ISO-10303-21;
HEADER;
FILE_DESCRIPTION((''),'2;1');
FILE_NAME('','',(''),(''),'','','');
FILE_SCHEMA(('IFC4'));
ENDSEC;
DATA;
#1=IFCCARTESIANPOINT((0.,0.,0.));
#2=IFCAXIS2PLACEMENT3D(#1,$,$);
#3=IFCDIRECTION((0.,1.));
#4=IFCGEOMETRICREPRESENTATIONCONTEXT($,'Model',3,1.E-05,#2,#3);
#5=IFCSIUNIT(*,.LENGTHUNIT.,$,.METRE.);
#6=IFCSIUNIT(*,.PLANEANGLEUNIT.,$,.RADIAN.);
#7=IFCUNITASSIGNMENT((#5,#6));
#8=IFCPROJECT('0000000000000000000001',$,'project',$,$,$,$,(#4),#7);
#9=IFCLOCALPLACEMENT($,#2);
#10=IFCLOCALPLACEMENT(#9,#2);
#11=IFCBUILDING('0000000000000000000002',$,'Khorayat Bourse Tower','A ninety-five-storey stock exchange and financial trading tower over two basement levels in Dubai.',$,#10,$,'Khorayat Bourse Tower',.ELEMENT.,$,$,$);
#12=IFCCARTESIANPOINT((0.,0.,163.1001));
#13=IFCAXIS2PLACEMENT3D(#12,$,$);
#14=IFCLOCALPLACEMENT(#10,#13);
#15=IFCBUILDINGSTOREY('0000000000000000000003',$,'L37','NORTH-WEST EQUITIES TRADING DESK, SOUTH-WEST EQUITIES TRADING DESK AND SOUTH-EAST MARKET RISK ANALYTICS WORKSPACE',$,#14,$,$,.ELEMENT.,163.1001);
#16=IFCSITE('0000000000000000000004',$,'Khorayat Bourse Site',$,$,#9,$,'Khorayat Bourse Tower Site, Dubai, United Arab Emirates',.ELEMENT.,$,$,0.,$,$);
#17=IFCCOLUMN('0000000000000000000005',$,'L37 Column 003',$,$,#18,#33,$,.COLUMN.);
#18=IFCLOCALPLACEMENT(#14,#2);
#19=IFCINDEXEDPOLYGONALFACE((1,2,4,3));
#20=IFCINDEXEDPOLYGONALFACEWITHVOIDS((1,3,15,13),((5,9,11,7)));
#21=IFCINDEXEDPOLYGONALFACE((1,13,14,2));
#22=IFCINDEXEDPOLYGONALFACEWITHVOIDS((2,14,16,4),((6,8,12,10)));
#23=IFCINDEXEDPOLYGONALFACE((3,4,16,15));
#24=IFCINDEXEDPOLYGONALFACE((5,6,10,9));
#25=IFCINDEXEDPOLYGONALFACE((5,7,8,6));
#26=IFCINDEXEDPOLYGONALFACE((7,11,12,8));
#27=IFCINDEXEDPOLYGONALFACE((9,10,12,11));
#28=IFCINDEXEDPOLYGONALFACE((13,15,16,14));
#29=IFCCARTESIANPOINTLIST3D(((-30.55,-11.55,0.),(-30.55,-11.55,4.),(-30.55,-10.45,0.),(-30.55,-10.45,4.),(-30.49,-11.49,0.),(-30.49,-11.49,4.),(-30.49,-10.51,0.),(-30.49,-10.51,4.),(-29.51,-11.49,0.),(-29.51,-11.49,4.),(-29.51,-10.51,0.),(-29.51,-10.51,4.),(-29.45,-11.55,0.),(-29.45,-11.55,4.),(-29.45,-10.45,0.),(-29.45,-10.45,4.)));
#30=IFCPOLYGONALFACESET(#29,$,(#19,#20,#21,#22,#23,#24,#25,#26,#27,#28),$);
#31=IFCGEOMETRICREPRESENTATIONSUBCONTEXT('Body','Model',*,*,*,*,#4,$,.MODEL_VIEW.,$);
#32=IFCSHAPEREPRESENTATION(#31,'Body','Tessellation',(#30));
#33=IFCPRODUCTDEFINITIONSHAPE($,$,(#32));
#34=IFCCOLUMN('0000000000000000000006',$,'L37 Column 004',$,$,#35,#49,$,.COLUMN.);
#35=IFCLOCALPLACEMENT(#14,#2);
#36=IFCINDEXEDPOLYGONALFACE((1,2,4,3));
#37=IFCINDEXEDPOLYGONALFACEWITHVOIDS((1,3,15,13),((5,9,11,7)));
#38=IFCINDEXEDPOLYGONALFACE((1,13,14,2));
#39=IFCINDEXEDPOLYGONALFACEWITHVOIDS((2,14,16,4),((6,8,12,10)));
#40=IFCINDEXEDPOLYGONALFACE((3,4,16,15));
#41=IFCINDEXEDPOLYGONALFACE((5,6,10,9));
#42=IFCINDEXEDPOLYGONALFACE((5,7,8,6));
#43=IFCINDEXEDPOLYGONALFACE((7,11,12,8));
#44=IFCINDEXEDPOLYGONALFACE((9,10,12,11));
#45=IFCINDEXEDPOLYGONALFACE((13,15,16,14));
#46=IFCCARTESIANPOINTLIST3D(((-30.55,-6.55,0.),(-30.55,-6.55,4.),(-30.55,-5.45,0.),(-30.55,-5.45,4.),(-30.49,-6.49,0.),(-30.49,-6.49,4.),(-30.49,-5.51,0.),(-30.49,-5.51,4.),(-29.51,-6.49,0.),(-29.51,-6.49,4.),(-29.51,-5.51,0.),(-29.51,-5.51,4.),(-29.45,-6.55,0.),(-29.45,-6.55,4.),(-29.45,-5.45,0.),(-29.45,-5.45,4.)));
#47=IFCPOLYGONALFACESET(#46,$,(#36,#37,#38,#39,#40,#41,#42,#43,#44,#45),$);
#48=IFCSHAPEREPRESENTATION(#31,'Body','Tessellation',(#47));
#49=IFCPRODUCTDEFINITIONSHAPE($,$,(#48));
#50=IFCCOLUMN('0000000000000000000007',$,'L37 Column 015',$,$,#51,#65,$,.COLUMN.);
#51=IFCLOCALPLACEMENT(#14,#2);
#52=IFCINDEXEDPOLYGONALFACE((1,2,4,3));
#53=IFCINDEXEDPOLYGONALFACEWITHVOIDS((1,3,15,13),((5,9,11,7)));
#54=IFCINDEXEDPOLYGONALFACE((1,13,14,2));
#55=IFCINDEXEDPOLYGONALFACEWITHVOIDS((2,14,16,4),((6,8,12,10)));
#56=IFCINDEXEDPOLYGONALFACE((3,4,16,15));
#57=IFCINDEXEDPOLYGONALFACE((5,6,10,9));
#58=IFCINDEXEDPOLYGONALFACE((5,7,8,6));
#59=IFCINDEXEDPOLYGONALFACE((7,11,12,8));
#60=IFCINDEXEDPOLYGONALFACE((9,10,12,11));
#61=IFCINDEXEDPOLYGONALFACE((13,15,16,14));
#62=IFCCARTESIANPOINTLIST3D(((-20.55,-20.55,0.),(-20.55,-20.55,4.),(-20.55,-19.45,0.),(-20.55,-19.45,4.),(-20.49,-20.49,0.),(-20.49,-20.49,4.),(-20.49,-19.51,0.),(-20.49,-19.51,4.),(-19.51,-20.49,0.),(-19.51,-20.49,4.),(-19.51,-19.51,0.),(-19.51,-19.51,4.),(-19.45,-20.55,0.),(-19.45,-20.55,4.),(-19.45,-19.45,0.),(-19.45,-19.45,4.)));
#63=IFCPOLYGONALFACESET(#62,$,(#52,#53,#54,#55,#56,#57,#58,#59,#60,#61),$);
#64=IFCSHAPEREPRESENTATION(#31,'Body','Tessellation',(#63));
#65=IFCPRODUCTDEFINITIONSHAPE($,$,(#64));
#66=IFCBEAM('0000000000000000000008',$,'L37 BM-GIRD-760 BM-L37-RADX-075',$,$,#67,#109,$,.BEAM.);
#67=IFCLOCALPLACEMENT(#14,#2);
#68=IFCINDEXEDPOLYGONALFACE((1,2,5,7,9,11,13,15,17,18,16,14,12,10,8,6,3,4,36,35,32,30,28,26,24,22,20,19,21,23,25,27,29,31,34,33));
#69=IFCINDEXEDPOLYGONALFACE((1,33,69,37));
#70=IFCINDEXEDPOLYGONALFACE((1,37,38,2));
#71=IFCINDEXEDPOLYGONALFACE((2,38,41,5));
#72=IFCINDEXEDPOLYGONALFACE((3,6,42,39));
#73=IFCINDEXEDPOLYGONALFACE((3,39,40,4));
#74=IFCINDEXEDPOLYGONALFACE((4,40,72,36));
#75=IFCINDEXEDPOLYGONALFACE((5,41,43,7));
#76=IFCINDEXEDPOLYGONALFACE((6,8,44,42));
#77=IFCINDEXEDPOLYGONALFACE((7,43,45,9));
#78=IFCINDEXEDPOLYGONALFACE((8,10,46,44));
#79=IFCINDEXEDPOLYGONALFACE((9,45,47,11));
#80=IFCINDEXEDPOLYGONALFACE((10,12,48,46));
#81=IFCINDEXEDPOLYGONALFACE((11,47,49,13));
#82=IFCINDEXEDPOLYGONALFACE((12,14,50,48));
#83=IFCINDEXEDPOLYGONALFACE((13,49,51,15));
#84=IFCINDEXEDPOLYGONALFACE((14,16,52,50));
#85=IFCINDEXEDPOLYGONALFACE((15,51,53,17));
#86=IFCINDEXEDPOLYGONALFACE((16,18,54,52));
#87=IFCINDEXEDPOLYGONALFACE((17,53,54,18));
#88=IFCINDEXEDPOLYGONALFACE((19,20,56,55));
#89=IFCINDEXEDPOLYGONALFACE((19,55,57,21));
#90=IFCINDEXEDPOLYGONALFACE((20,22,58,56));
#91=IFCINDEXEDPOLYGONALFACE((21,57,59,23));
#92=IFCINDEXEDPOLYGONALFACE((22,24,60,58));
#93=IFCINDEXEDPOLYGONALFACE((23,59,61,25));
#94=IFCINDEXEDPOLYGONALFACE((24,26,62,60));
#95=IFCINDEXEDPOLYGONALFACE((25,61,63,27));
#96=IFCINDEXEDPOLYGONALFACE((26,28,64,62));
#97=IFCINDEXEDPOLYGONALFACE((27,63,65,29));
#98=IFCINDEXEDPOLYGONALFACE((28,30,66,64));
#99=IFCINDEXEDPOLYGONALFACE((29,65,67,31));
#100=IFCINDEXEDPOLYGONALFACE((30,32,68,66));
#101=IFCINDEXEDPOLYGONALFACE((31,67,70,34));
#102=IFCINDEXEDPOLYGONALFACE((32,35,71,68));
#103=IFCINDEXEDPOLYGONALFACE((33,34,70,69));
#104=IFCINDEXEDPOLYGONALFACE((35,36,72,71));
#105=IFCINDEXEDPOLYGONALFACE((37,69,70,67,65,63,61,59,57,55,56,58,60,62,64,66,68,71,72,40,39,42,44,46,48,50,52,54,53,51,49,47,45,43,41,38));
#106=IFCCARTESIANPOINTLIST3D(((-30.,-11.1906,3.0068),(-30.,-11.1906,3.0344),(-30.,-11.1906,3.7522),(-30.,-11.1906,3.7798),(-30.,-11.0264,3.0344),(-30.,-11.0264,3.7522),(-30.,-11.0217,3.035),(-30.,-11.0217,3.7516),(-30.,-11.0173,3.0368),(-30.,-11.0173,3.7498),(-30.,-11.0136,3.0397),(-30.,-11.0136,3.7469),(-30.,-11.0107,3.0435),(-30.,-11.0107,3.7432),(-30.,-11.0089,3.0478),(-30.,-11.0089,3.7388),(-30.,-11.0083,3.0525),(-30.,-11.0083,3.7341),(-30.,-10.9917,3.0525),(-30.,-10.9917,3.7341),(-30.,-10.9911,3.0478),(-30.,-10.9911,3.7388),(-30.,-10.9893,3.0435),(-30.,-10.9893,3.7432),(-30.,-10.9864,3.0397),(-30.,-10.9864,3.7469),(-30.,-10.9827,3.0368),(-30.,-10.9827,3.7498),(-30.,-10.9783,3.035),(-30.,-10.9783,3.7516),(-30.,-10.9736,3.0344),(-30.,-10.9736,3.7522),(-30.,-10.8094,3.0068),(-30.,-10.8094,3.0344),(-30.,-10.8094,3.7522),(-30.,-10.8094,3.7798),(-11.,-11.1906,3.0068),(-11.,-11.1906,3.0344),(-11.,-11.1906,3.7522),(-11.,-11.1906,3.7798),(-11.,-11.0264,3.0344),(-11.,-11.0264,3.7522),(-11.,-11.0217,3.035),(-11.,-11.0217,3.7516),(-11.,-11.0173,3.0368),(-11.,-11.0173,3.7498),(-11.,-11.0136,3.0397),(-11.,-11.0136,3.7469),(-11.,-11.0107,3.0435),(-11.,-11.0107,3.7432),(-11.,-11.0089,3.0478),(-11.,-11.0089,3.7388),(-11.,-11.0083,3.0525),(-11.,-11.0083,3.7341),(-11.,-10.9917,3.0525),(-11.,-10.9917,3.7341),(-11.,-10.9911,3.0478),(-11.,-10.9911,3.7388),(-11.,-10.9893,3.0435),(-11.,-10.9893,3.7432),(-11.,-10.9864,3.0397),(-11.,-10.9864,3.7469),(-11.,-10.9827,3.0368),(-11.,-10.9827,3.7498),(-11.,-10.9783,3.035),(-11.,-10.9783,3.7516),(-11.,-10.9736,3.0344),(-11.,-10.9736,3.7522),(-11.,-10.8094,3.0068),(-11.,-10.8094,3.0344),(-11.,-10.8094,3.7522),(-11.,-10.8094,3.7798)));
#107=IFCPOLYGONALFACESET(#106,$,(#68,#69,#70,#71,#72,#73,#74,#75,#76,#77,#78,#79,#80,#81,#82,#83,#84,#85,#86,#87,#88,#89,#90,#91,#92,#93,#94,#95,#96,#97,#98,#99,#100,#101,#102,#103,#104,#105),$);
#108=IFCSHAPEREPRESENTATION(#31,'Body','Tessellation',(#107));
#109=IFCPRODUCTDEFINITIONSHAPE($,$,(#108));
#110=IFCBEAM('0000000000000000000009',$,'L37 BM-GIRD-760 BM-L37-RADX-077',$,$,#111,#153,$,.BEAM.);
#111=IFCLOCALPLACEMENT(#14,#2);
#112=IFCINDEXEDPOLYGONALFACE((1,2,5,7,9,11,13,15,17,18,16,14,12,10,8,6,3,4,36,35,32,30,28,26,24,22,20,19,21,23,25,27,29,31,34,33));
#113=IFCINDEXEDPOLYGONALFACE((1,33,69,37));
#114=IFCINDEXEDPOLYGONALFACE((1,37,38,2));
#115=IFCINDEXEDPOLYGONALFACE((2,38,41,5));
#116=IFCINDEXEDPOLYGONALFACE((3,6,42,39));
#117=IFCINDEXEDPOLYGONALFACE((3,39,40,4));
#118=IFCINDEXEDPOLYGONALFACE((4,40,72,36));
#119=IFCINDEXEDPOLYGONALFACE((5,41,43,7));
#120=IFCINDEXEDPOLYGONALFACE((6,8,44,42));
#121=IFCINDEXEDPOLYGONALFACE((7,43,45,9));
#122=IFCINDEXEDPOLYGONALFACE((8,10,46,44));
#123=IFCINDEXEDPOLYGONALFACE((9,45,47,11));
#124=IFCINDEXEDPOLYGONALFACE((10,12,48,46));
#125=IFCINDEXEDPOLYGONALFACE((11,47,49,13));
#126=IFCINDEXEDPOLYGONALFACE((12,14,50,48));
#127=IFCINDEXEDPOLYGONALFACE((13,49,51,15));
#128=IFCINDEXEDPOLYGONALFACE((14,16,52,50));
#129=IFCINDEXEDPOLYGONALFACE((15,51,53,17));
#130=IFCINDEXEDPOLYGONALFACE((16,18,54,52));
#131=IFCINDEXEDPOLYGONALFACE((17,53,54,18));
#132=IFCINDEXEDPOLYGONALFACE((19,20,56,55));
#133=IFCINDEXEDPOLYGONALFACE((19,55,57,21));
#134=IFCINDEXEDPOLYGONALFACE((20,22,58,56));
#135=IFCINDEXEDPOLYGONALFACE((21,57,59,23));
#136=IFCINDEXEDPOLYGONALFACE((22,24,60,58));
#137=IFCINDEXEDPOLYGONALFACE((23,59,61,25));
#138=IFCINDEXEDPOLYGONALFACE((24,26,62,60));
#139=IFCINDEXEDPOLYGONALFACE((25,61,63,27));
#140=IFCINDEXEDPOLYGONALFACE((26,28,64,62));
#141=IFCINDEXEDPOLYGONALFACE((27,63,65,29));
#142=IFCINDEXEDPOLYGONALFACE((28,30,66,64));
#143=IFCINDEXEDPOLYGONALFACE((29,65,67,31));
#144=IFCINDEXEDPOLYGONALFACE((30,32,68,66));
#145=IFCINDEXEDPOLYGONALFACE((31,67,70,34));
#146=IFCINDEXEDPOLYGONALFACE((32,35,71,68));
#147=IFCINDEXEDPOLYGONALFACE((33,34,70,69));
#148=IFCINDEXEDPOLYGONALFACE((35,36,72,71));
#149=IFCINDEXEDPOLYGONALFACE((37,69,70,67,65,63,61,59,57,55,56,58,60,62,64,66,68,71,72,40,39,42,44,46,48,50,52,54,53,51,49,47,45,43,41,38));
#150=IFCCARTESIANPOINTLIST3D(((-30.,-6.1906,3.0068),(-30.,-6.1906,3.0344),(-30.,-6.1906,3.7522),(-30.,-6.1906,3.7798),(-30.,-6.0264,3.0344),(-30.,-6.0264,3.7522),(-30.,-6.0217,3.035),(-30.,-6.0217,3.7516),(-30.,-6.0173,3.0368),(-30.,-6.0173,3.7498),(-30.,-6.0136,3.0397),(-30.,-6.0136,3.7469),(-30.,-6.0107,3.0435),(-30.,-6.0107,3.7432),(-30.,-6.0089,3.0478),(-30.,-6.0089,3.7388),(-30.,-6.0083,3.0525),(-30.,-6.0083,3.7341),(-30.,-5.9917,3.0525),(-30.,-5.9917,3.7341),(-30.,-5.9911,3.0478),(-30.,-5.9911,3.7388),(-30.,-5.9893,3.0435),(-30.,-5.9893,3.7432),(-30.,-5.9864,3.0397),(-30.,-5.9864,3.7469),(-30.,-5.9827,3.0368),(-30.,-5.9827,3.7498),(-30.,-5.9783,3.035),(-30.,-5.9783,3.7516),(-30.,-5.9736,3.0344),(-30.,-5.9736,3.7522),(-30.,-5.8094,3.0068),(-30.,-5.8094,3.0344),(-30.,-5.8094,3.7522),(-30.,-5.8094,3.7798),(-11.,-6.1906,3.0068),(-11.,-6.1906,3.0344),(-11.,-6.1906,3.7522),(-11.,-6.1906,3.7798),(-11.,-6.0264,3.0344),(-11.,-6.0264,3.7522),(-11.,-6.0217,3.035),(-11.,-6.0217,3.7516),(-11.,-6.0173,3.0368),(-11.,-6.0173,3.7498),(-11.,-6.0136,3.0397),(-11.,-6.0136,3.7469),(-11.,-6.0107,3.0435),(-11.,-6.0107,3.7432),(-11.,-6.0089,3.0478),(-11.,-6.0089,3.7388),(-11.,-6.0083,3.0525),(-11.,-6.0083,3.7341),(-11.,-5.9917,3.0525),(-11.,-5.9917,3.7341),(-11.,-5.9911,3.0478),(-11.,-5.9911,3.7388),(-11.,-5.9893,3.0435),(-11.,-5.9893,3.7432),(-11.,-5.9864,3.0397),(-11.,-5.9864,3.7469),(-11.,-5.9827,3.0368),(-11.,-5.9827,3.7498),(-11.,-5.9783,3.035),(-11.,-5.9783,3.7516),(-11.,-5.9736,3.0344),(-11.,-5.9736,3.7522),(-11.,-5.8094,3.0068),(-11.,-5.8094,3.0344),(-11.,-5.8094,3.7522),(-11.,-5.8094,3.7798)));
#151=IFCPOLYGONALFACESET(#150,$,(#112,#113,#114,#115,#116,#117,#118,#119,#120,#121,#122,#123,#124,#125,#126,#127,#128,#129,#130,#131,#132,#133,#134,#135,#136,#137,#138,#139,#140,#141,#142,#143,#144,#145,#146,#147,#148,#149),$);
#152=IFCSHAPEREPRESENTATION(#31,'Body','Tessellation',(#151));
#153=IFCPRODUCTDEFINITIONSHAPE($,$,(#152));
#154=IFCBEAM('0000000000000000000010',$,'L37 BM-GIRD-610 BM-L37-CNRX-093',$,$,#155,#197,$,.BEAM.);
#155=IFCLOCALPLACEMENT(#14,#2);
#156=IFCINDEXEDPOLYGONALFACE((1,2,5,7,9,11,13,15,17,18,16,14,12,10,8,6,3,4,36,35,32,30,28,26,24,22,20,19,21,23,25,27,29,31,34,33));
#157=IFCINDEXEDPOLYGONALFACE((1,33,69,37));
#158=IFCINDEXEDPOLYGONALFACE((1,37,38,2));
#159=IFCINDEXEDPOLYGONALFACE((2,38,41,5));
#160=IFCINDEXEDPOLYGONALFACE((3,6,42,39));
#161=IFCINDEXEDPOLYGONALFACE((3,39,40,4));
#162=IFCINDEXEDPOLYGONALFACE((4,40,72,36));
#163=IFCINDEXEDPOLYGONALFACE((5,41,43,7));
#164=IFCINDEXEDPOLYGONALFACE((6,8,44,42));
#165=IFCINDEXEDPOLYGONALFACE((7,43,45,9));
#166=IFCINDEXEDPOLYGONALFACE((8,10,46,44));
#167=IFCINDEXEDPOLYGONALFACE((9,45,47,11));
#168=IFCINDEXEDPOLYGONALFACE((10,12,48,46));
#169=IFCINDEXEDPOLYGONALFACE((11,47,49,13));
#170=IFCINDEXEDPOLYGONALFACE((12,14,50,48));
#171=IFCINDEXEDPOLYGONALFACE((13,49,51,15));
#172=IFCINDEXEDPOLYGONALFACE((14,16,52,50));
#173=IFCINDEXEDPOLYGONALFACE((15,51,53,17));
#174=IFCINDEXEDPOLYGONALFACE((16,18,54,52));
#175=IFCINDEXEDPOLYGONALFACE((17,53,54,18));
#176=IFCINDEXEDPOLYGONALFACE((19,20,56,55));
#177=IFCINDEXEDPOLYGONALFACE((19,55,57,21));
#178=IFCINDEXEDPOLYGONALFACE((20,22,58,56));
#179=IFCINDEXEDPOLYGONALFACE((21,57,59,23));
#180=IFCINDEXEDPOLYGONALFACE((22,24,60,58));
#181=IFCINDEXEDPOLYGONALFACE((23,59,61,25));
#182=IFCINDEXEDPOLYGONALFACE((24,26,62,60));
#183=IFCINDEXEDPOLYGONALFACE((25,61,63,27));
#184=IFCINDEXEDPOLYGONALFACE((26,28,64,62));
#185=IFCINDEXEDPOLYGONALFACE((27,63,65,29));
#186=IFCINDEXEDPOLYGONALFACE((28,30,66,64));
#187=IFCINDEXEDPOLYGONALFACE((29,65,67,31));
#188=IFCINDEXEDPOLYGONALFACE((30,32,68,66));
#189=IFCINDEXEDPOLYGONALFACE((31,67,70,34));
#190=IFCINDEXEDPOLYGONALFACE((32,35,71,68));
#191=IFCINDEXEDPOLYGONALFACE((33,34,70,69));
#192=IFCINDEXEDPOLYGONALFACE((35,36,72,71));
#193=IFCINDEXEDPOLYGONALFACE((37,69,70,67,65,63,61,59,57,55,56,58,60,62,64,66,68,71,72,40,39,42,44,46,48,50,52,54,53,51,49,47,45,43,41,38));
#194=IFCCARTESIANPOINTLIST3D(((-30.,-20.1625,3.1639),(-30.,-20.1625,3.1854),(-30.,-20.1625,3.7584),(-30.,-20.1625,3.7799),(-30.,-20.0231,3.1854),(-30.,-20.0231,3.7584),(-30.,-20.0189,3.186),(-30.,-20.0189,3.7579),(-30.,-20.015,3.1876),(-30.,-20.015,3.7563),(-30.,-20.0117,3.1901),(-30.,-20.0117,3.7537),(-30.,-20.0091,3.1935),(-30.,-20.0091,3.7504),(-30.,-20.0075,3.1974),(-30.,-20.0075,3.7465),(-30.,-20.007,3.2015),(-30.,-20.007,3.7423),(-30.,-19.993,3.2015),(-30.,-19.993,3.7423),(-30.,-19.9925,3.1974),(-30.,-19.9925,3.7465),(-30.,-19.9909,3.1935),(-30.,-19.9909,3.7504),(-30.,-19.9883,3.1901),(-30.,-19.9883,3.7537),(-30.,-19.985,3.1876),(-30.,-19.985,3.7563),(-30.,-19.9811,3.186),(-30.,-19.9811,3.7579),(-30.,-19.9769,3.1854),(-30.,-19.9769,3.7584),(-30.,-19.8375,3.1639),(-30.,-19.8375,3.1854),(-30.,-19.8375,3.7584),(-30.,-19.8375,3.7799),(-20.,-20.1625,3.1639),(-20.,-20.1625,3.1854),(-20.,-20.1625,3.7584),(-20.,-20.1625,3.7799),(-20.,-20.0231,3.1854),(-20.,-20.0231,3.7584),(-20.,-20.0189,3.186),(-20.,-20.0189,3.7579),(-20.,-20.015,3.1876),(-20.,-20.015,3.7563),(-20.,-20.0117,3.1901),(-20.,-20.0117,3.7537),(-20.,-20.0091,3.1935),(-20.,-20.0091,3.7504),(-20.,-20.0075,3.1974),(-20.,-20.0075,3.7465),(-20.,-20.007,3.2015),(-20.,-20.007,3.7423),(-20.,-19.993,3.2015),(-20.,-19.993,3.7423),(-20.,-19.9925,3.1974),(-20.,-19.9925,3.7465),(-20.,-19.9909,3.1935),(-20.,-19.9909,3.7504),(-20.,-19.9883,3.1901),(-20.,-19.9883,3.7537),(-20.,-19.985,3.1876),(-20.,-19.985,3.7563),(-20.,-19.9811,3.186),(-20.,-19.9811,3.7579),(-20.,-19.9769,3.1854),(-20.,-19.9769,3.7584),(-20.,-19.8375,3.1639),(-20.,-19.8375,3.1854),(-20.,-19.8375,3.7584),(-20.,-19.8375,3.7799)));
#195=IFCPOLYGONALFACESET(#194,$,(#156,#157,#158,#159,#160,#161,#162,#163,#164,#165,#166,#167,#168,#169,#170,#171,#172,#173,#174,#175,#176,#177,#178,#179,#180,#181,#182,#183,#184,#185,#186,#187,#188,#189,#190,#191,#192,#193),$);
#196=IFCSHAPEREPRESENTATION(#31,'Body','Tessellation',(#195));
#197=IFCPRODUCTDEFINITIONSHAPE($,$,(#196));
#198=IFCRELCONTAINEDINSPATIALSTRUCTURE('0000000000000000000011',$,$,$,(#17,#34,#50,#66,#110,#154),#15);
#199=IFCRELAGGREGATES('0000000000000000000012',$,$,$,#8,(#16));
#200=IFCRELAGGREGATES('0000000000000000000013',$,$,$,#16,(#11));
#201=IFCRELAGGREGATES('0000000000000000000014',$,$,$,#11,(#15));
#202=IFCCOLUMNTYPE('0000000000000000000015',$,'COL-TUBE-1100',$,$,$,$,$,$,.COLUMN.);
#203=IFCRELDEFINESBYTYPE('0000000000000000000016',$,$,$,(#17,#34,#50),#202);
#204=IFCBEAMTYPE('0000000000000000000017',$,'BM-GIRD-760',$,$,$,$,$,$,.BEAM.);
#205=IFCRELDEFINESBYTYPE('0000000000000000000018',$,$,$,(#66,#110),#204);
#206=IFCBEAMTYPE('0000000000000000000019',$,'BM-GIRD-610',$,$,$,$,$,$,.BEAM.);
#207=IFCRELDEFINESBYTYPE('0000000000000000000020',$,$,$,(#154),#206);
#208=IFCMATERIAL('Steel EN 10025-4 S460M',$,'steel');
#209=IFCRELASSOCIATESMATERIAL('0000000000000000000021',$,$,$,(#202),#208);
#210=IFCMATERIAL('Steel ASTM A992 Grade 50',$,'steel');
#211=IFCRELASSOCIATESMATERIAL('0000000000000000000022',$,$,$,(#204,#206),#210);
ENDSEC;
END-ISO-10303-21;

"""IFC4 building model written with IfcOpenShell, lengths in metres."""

from ifc_helpers import new_model, si_unit, direction, frame, origin, origin_2d, place, context, subcontext, project, spatial, hollow_rectangle, i_section, extrude, source, transform, mapped, material, material_profile, profile_set, type_object, element, save


model = new_model("IFC4")

# Units and contexts
model_context = context("Model", 3, precision=1e-05, world=origin(), true_north=direction((0.0, 1.0)))
body_context = subcontext(model_context, "Body", "Model", "MODEL_VIEW")
ifc_project = project(units=[si_unit("LENGTHUNIT", "METRE"), si_unit("PLANEANGLEUNIT", "RADIAN")], contexts=[model_context])

# Site, building, storey
site_placement = place(None, origin())
site = spatial("IfcSite", under=ifc_project, at=site_placement, Name="Khorayat Bourse Site", LongName="Khorayat Bourse Tower Site, Dubai, United Arab Emirates", CompositionType="ELEMENT", RefElevation=0.0)
building_placement = place(site_placement, origin())
building = spatial("IfcBuilding", under=site, at=building_placement, Name="Khorayat Bourse Tower", Description="A ninety-five-storey stock exchange and financial trading tower over two basement levels in Dubai.", LongName="Khorayat Bourse Tower", CompositionType="ELEMENT")
storey_placement = place(building_placement, frame((0.0, 0.0, 163.1001)))
storey = spatial("IfcBuildingStorey", under=building, at=storey_placement, Name="L37", Description="NORTH-WEST EQUITIES TRADING DESK, SOUTH-WEST EQUITIES TRADING DESK AND SOUTH-EAST MARKET RISK ANALYTICS WORKSPACE", CompositionType="ELEMENT", Elevation=163.1001)

# Columns
ifc_material_1 = material(Name="Steel EN 10025-4 S460M", Category="steel")
ifc_material_profile_1 = material_profile(ifc_material_1, hollow_rectangle(XDim=1.1001, YDim=1.1001, WallThickness=0.0601, at=origin_2d()), Name="BOX 1100x1100x60")
ifc_profile_set_1 = profile_set([ifc_material_profile_1], Name="Steel EN 10025-4 S460M")
column_type = type_object("IfcColumnType", Name="COL-TUBE-1100", PredefinedType="COLUMN", material=ifc_profile_set_1)
shared_shape_1 = source(origin(), body_context, "Body", "SweptSolid", [
    extrude(hollow_rectangle(XDim=1.1001, YDim=1.1001, WallThickness=0.0601, at=origin_2d()), origin(), (0.0, 0.0, 1.0), 4.0),
])
for number, where, z_axis, x_axis, name in (
    (1, (-30.0, -11.0, 0.0), (0.0, 0.0, 1.0), (1.0, 0.0, 0.0), "L37 Column 003"),
    (2, (-30.0, -6.0, 0.0), (0.0, 0.0, 1.0), (1.0, 0.0, 0.0), "L37 Column 004"),
    (3, (-20.0, -20.0, 0.0), (0.0, 0.0, 1.0), (1.0, 0.0, 0.0), "L37 Column 015"),
):
    element("IfcColumn", number, at=place(storey_placement, frame(where, z_axis=z_axis, x_axis=x_axis)), inside=storey, type_object=column_type, Name=name, PredefinedType="COLUMN", context=body_context, shape_type="MappedRepresentation", body=[
        mapped(shared_shape_1, transform((0.0, 0.0, 0.0), scale=1.0)),
    ])

# Beams
ifc_material_2 = material(Name="Steel ASTM A992 Grade 50", Category="steel")
ifc_material_profile_2 = material_profile(ifc_material_2, i_section(OverallWidth=0.3811, OverallDepth=0.7729, WebThickness=0.0166, FlangeThickness=0.0276, FilletRadius=0.0181, at=origin_2d()), Name="W760X257")
ifc_profile_set_2 = profile_set([ifc_material_profile_2], Name="Steel ASTM A992 Grade 50")
beam_type_1 = type_object("IfcBeamType", Name="BM-GIRD-760", PredefinedType="BEAM", material=ifc_profile_set_2)
shared_shape_2 = source(origin(), body_context, "Body", "SweptSolid", [
    extrude(i_section(OverallWidth=0.3811, OverallDepth=0.7729, WebThickness=0.0166, FlangeThickness=0.0276, FilletRadius=0.0181, at=origin_2d()), origin(), (0.0, 0.0, 1.0), 19.0),
])
for number, where, z_axis, x_axis, name in (
    (4, (-30.0, -11.0, 3.3933), (1.0, 0.0, 0.0), (0.0, 1.0, 0.0), "L37 BM-GIRD-760 BM-L37-RADX-075"),
    (5, (-30.0, -6.0, 3.3933), (1.0, 0.0, 0.0), (0.0, 1.0, 0.0), "L37 BM-GIRD-760 BM-L37-RADX-077"),
):
    element("IfcBeam", number, at=place(storey_placement, frame(where, z_axis=z_axis, x_axis=x_axis)), inside=storey, type_object=beam_type_1, Name=name, PredefinedType="BEAM", context=body_context, shape_type="MappedRepresentation", body=[
        mapped(shared_shape_2, transform((0.0, 0.0, 0.0), scale=1.0)),
    ])
ifc_material_profile_3 = material_profile(ifc_material_2, i_section(OverallWidth=0.325, OverallDepth=0.616, WebThickness=0.0139, FlangeThickness=0.0215, FilletRadius=0.0161, at=origin_2d()), Name="W610X174")
ifc_profile_set_3 = profile_set([ifc_material_profile_3], Name="Steel ASTM A992 Grade 50")
beam_type_2 = type_object("IfcBeamType", Name="BM-GIRD-610", PredefinedType="BEAM", material=ifc_profile_set_3)
shared_shape_3 = source(origin(), body_context, "Body", "SweptSolid", [
    extrude(i_section(OverallWidth=0.325, OverallDepth=0.616, WebThickness=0.0139, FlangeThickness=0.0215, FilletRadius=0.0161, at=origin_2d()), origin(), (0.0, 0.0, 1.0), 10.0),
])
beam_1_placement = place(storey_placement, frame((-30.0, -20.0, 3.4719), z_axis=(1.0, 0.0, 0.0), x_axis=(0.0, 1.0, 0.0)))
element("IfcBeam", 6, at=beam_1_placement, inside=storey, type_object=beam_type_2, Name="L37 BM-GIRD-610 BM-L37-CNRX-093", PredefinedType="BEAM", context=body_context, shape_type="MappedRepresentation", body=[
    mapped(shared_shape_3, transform((0.0, 0.0, 0.0), scale=1.0)),
])

save(model, "model.ifc")
